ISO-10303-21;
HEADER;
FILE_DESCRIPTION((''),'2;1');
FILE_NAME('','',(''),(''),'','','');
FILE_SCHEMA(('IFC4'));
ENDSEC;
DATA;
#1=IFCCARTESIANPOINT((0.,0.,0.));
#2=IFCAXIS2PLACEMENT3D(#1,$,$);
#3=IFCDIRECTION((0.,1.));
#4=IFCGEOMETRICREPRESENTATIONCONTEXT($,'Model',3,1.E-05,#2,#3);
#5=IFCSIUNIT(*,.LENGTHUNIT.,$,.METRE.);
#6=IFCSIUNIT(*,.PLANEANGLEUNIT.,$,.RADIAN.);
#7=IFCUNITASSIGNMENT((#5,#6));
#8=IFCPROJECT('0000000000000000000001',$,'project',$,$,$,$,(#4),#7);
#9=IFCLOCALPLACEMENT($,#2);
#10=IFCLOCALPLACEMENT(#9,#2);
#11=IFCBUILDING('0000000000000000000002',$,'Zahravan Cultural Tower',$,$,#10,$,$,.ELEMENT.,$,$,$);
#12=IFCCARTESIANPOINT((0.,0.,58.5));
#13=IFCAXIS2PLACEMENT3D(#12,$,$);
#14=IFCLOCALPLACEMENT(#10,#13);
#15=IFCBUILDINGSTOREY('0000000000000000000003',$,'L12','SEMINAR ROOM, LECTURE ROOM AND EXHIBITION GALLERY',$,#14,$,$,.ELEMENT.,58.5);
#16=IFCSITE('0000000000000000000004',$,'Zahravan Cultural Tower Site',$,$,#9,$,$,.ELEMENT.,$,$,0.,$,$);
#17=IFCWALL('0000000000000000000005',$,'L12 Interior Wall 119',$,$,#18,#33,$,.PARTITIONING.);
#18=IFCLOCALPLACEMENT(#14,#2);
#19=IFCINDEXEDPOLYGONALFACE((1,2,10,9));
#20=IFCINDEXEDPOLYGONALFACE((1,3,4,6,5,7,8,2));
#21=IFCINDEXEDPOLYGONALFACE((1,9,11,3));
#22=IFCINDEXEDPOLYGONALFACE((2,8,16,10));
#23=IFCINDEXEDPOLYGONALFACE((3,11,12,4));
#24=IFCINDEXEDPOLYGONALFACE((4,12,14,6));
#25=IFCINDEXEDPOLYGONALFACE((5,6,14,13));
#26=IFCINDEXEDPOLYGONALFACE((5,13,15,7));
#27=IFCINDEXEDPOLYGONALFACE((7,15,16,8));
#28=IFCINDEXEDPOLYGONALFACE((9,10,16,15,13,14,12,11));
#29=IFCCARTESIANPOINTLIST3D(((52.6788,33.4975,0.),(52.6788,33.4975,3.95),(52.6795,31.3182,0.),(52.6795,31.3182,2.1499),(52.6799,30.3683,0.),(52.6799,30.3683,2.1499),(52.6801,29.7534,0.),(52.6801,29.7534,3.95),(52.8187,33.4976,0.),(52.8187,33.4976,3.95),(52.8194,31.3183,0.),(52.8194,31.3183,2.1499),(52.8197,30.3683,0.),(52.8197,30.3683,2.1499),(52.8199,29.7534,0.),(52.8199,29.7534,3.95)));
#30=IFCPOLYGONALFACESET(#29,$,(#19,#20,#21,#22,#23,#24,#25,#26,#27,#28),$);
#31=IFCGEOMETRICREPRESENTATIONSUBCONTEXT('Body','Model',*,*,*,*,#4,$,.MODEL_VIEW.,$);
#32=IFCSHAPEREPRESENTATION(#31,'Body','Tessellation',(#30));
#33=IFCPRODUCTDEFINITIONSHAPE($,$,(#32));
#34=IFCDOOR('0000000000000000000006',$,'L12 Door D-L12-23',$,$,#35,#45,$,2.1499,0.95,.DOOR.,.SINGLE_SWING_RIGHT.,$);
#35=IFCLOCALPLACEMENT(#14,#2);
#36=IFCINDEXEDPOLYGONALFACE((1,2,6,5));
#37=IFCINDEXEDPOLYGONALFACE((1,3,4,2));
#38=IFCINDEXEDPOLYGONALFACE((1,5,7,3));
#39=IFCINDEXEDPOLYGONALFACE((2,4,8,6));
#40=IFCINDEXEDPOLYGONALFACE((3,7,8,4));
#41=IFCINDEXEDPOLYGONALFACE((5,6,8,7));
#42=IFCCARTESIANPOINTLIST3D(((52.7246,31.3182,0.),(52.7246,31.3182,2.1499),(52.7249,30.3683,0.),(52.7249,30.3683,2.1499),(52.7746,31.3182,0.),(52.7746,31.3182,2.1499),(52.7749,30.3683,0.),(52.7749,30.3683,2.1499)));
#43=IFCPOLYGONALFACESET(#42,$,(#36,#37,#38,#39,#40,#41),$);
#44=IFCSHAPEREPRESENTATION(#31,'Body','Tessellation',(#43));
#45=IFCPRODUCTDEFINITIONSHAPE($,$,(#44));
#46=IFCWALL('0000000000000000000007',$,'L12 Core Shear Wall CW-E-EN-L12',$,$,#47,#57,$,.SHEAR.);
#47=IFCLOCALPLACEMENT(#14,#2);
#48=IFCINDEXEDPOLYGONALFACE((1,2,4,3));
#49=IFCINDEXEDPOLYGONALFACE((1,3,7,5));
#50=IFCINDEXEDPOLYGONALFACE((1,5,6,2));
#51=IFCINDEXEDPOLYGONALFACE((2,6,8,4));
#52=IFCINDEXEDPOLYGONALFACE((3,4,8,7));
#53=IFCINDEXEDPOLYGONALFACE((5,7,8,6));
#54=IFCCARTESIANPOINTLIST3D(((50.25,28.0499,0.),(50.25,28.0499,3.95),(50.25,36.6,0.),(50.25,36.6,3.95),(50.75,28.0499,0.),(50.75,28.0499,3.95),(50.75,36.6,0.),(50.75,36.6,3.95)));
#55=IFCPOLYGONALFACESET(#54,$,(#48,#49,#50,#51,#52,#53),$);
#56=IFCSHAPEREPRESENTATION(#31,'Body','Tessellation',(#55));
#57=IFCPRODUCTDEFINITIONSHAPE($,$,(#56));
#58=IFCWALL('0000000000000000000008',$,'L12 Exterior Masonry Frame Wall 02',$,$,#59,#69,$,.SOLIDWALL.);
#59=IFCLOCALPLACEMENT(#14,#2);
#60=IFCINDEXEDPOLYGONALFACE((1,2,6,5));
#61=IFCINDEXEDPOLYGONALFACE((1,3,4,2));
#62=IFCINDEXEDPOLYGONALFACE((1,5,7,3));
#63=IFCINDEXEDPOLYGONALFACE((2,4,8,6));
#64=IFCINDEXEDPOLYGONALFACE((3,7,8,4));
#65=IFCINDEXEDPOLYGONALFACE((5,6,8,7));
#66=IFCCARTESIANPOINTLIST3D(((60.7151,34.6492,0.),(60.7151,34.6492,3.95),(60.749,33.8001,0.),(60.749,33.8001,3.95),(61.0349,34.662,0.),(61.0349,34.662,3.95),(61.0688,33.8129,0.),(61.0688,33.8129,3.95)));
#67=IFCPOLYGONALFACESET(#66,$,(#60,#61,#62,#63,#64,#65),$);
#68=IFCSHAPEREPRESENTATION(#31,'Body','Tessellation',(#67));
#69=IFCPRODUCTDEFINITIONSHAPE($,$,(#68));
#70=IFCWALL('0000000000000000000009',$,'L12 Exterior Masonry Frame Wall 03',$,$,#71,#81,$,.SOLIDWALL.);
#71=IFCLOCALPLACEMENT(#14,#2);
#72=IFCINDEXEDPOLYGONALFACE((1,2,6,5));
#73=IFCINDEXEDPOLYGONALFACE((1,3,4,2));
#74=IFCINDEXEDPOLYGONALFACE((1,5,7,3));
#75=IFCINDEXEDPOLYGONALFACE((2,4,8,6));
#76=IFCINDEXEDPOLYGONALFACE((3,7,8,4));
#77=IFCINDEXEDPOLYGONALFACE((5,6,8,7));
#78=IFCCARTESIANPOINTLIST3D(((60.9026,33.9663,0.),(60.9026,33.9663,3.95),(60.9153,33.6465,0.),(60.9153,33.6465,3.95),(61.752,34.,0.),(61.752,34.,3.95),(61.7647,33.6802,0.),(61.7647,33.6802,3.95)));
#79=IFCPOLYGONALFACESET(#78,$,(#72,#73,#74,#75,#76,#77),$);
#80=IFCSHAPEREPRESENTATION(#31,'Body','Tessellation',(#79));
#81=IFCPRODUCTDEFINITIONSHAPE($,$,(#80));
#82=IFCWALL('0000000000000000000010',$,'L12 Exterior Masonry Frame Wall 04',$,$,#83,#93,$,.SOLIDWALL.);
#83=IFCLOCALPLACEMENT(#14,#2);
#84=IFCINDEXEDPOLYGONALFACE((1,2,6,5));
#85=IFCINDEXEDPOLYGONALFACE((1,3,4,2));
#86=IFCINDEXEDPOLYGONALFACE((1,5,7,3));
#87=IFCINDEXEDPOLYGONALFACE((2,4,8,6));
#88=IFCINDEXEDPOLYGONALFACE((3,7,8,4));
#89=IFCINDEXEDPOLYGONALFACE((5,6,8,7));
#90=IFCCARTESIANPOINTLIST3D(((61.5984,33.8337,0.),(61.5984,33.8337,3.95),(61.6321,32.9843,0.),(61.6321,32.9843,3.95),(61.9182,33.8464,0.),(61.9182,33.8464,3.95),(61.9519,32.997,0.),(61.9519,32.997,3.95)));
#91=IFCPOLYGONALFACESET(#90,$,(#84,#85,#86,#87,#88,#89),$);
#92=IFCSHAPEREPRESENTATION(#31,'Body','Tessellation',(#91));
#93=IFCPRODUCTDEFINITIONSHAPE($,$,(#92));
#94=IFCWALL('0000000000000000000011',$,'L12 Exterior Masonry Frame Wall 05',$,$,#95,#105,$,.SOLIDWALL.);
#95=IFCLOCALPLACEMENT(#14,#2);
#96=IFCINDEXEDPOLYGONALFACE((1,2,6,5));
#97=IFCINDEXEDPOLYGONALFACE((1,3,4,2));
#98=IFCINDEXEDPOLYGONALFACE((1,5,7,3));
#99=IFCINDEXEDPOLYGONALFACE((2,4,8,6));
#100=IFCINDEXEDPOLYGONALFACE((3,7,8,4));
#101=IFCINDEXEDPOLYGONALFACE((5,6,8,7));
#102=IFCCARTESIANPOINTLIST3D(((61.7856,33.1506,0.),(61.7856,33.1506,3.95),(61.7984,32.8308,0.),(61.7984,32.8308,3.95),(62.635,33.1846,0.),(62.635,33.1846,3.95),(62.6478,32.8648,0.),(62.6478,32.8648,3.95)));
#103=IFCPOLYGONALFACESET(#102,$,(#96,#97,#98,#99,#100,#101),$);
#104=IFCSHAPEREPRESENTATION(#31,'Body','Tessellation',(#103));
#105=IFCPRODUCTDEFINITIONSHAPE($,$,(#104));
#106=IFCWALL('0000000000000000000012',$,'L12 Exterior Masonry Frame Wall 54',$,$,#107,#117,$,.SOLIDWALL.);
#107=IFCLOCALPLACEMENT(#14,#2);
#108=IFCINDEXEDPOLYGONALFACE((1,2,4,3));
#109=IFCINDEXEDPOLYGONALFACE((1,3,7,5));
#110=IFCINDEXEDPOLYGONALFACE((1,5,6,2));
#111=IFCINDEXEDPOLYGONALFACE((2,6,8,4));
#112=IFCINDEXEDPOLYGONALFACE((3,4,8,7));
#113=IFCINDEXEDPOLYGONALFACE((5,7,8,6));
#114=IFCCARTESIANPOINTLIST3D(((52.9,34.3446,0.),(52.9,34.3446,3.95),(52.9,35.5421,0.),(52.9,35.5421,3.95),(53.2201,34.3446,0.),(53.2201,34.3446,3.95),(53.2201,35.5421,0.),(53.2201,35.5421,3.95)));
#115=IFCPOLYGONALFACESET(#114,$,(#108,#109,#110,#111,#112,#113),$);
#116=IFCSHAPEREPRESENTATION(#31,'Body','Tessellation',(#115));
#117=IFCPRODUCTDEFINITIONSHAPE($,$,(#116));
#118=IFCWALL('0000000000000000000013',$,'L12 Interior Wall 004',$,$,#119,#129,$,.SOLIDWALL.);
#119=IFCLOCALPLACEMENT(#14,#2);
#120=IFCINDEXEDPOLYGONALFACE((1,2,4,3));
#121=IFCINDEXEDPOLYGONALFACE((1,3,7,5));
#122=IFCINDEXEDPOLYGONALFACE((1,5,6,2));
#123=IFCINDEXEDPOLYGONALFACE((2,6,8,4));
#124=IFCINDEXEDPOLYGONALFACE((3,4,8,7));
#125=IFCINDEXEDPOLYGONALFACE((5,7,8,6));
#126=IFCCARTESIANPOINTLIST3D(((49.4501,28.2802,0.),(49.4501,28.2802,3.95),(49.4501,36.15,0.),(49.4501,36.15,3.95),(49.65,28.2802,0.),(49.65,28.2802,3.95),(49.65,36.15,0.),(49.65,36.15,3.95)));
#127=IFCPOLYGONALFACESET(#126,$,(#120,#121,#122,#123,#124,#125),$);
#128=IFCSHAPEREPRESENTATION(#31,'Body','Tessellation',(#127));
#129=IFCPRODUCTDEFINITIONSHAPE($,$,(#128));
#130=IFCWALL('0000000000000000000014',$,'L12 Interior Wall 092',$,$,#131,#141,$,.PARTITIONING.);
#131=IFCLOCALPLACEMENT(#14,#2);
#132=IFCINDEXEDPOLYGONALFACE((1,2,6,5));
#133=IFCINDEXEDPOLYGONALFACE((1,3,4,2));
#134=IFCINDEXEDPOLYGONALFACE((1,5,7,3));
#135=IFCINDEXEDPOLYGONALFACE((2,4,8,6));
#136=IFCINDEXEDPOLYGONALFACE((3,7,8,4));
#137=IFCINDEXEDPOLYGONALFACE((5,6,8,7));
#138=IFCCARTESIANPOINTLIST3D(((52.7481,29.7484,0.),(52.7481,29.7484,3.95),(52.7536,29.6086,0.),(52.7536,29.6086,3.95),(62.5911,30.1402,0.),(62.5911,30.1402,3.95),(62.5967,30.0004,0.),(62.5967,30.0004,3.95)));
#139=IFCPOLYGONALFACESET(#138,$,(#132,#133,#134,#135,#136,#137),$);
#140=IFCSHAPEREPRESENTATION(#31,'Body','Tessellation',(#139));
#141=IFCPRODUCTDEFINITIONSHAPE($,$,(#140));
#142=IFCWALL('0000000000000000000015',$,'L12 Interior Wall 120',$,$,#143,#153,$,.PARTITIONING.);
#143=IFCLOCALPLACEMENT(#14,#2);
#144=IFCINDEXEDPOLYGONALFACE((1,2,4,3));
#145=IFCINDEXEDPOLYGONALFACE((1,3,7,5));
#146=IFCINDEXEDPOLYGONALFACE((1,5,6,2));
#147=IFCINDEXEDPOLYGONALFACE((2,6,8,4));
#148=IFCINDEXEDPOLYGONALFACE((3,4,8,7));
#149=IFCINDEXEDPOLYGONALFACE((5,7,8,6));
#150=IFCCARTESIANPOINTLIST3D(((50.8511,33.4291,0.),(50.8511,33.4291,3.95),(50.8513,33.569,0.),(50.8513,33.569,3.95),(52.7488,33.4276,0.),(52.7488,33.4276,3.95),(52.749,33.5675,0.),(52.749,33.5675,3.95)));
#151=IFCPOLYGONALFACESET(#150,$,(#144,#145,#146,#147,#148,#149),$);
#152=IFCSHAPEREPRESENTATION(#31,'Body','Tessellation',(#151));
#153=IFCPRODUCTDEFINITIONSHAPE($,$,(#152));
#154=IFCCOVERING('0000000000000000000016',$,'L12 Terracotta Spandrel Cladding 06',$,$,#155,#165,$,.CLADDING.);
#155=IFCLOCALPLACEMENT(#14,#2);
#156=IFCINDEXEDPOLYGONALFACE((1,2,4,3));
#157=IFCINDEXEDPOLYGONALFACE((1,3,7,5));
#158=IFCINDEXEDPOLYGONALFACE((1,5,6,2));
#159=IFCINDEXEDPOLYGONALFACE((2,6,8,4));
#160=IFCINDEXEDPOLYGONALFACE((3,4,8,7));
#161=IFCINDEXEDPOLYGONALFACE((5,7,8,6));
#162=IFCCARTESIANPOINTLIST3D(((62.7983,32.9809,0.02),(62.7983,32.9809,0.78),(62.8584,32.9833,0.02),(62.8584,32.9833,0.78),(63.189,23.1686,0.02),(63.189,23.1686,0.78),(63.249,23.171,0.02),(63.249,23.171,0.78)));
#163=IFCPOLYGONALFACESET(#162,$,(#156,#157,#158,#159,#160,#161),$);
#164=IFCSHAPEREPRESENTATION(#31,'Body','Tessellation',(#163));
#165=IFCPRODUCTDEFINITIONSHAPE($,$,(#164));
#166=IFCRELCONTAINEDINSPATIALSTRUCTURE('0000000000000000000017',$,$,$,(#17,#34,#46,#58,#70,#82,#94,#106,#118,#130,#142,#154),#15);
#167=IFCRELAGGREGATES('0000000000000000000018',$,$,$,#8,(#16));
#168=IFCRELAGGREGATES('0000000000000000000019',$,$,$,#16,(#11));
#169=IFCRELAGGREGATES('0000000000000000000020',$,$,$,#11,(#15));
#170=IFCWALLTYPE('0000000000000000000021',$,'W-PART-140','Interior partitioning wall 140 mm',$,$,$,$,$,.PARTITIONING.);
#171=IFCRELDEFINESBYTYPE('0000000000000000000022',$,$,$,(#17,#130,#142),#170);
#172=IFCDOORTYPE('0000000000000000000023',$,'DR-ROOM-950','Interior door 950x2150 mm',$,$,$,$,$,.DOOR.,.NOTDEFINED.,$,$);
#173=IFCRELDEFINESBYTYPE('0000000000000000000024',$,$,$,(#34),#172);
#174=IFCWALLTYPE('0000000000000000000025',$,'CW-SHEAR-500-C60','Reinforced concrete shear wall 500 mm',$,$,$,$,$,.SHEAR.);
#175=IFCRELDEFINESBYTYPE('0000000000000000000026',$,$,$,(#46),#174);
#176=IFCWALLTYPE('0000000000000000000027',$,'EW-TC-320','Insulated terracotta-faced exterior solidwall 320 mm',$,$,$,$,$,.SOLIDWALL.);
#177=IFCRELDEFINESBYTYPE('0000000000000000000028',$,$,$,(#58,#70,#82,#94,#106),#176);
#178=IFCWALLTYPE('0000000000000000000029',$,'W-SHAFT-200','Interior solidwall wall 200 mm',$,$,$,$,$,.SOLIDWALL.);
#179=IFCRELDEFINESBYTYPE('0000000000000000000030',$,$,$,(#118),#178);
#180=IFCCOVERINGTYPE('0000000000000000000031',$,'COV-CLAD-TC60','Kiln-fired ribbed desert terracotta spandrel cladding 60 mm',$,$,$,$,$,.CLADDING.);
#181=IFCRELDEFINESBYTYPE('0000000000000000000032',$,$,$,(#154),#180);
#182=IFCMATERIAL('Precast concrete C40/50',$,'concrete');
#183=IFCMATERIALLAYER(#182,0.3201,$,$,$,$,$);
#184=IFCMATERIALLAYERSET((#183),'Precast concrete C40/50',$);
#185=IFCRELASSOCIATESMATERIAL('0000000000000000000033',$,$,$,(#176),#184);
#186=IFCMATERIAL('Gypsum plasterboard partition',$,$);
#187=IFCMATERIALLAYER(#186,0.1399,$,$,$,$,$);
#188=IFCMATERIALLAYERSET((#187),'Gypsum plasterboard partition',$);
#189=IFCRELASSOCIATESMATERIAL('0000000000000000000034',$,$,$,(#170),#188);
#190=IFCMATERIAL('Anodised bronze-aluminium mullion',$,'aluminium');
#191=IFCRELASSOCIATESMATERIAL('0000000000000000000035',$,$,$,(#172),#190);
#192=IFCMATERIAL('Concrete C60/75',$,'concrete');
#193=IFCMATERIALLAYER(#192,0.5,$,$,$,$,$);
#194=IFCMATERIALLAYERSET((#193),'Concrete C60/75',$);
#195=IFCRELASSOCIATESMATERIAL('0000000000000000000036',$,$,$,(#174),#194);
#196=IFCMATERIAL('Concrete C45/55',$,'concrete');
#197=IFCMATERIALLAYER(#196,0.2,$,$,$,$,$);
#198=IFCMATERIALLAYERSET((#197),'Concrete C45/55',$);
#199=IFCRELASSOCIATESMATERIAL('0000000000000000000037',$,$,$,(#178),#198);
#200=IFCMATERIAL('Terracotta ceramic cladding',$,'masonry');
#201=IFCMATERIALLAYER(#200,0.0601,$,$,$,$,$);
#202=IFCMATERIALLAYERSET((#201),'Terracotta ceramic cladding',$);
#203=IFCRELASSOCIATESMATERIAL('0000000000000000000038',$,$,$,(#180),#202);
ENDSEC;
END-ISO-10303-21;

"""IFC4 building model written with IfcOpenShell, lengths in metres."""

from ifc_helpers import new_model, si_unit, direction, frame, frame_2d, origin, origin_2d, place, context, subcontext, project, spatial, rectangle, extrude, source, transform, mapped, material, layer, layer_set, type_object, element, fill, save


model = new_model("IFC4")

# Units and contexts
model_context = context("Model", 3, precision=1e-05, world=origin(), true_north=direction((0.0, 1.0)))
body_context = subcontext(model_context, "Body", "Model", "MODEL_VIEW")
ifc_project = project(units=[si_unit("LENGTHUNIT", "METRE"), si_unit("PLANEANGLEUNIT", "RADIAN")], contexts=[model_context])

# Site, building, storey
site_placement = place(None, origin())
site = spatial("IfcSite", under=ifc_project, at=site_placement, Name="Zahravan Cultural Tower Site", CompositionType="ELEMENT", RefElevation=0.0)
building_placement = place(site_placement, origin())
building = spatial("IfcBuilding", under=site, at=building_placement, Name="Zahravan Cultural Tower", CompositionType="ELEMENT")
storey_placement = place(building_placement, frame((0.0, 0.0, 58.5)))
storey = spatial("IfcBuildingStorey", under=building, at=storey_placement, Name="L12", Description="SEMINAR ROOM, LECTURE ROOM AND EXHIBITION GALLERY", CompositionType="ELEMENT", Elevation=58.5)

# Shared definitions
ifc_material_1 = material(Name="Concrete C60/75", Category="concrete")

# Shared definitions
ifc_material_2 = material(Name="Precast concrete C40/50", Category="concrete")
ifc_layer_1 = layer(ifc_material_2, 0.3201)
ifc_layer_set_1 = layer_set([ifc_layer_1], Name="Precast concrete C40/50")
wall_type_1 = type_object("IfcWallType", Name="EW-TC-320", Description="Insulated terracotta-faced exterior solidwall 320 mm", PredefinedType="SOLIDWALL", material=ifc_layer_set_1)

# Wall, opening, door
ifc_material_3 = material(Name="Gypsum plasterboard partition")
ifc_layer_2 = layer(ifc_material_3, 0.1399)
ifc_layer_set_2 = layer_set([ifc_layer_2], Name="Gypsum plasterboard partition")
wall_type_2 = type_object("IfcWallType", Name="W-PART-140", Description="Interior partitioning wall 140 mm", PredefinedType="PARTITIONING", material=ifc_layer_set_2)
wall_1_placement = place(storey_placement, frame((52.75, 29.7534, 0.0), z_axis=(0.0, 0.0, 1.0), x_axis=(-0.000326, 1.0, 0.0)))
wall_1 = element("IfcWall", 1, at=wall_1_placement, inside=storey, type_object=wall_type_2, Name="L12 Interior Wall 119", PredefinedType="PARTITIONING", context=body_context, shape_type="SweptSolid", body=[
    extrude(rectangle(XDim=3.7441, YDim=0.1399, at=frame_2d((1.8721, 0.0))), origin(), (0.0, 0.0, 1.0), 3.95),
])
opening_1_placement = place(wall_1_placement, frame((0.6147, 0.0, 0.0)))
opening_1 = element("IfcOpeningElement", 2, at=opening_1_placement, cuts=wall_1, PredefinedType="OPENING", context=body_context, shape_type="SweptSolid", body=[
    extrude(rectangle(XDim=0.95, YDim=2.1499, at=frame_2d((0.4751, 1.075))), frame((0.0, 0.0798, 0.0), z_axis=(0.0, -1.0, 0.0), x_axis=(1.0, 0.0, 0.0)), (0.0, 0.0, 1.0), 0.1599),
])
ifc_material_4 = material(Name="Anodised bronze-aluminium mullion", Category="aluminium")
door_type = type_object("IfcDoorType", Name="DR-ROOM-950", Description="Interior door 950x2150 mm", OperationType="NOTDEFINED", PredefinedType="DOOR", material=ifc_material_4)
shared_shape_1 = source(origin(), body_context, "Body", "SweptSolid", [
    extrude(rectangle(XDim=0.95, YDim=2.1499, at=frame_2d((0.4751, 1.075))), frame((0.0, 0.0249, 0.0), z_axis=(0.0, -1.0, 0.0), x_axis=(1.0, 0.0, 0.0)), (0.0, 0.0, 1.0), 0.05),
])
door_placement = place(opening_1_placement, origin())
door = element("IfcDoor", 3, at=door_placement, inside=storey, type_object=door_type, Name="L12 Door D-L12-23", OperationType="SINGLE_SWING_RIGHT", OverallHeight=2.1499, OverallWidth=0.95, PredefinedType="DOOR", context=body_context, shape_type="MappedRepresentation", body=[
    mapped(shared_shape_1, transform((0.0, 0.0, 0.0), x_axis=(1.0, 0.0, 0.0), y_axis=(0.0, 1.0, 0.0), z_axis=(0.0, 0.0, 1.0), scale=1.0)),
])
fill(opening_1, door)

# Walls
ifc_layer_3 = layer(ifc_material_1, 0.5)
ifc_layer_set_3 = layer_set([ifc_layer_3], Name="Concrete C60/75")
wall_type_3 = type_object("IfcWallType", Name="CW-SHEAR-500-C60", Description="Reinforced concrete shear wall 500 mm", PredefinedType="SHEAR", material=ifc_layer_set_3)
shared_shape_2 = source(origin(), body_context, "Body", "SweptSolid", [
    extrude(rectangle(XDim=8.55, YDim=0.5, at=frame_2d((4.2749, 0.0))), origin(), (0.0, 0.0, 1.0), 3.95),
])
wall_2_placement = place(storey_placement, frame((50.5, 28.05, 0.0), z_axis=(0.0, 0.0, 1.0), x_axis=(0.0, 1.0, 0.0)))
element("IfcWall", 4, at=wall_2_placement, inside=storey, type_object=wall_type_3, Name="L12 Core Shear Wall CW-E-EN-L12", PredefinedType="SHEAR", context=body_context, shape_type="MappedRepresentation", body=[
    mapped(shared_shape_2, transform((0.0, 0.0, 0.0), x_axis=(1.0, 0.0, 0.0), y_axis=(0.0, 1.0, 0.0), z_axis=(0.0, 0.0, 1.0), scale=1.0)),
])
shared_shape_3 = source(origin(), body_context, "Body", "SweptSolid", [
    extrude(rectangle(XDim=0.8499, YDim=0.3201, at=frame_2d((0.4248, 0.0))), origin(), (0.0, 0.0, 1.0), 3.95),
])
wall_3_placement = place(storey_placement, frame((60.875, 34.6555, 0.0), z_axis=(0.0, 0.0, 1.0), x_axis=(0.039934, -0.999202, 0.0)))
element("IfcWall", 5, at=wall_3_placement, inside=storey, type_object=wall_type_1, Name="L12 Exterior Masonry Frame Wall 02", PredefinedType="SOLIDWALL", context=body_context, shape_type="MappedRepresentation", body=[
    mapped(shared_shape_3, transform((0.0, 0.0, 0.0), x_axis=(1.0, 0.0, 0.0), y_axis=(0.0, 1.0, 0.0), z_axis=(0.0, 0.0, 1.0), scale=1.0)),
])
shared_shape_4 = source(origin(), body_context, "Body", "SweptSolid", [
    extrude(rectangle(XDim=0.8501, YDim=0.3201, at=frame_2d((0.425, 0.0))), origin(), (0.0, 0.0, 1.0), 3.95),
])
for number, where, z_axis, x_axis, name in (
    (6, (60.9089, 33.8064, 0.0), (0.0, 0.0, 1.0), (0.999214, 0.039635, 0.0), "L12 Exterior Masonry Frame Wall 03"),
    (7, (61.7583, 33.8401, 0.0), (0.0, 0.0, 1.0), (0.039635, -0.999214, 0.0), "L12 Exterior Masonry Frame Wall 04"),
    (8, (61.792, 32.9907, 0.0), (0.0, 0.0, 1.0), (0.999203, 0.039922, 0.0), "L12 Exterior Masonry Frame Wall 05"),
):
    element("IfcWall", number, at=place(storey_placement, frame(where, z_axis=z_axis, x_axis=x_axis)), inside=storey, type_object=wall_type_1, Name=name, PredefinedType="SOLIDWALL", context=body_context, shape_type="MappedRepresentation", body=[
        mapped(shared_shape_4, transform((0.0, 0.0, 0.0), x_axis=(1.0, 0.0, 0.0), y_axis=(0.0, 1.0, 0.0), z_axis=(0.0, 0.0, 1.0), scale=1.0)),
    ])
shared_shape_5 = source(origin(), body_context, "Body", "SweptSolid", [
    extrude(rectangle(XDim=1.1975, YDim=0.3201, at=frame_2d((0.5986, 0.0))), origin(), (0.0, 0.0, 1.0), 3.95),
])
wall_4_placement = place(storey_placement, frame((53.0601, 35.542, 0.0), z_axis=(0.0, 0.0, 1.0), x_axis=(0.0, -1.0, 0.0)))
element("IfcWall", 9, at=wall_4_placement, inside=storey, type_object=wall_type_1, Name="L12 Exterior Masonry Frame Wall 54", PredefinedType="SOLIDWALL", context=body_context, shape_type="MappedRepresentation", body=[
    mapped(shared_shape_5, transform((0.0, 0.0, 0.0), x_axis=(1.0, 0.0, 0.0), y_axis=(0.0, 1.0, 0.0), z_axis=(0.0, 0.0, 1.0), scale=1.0)),
])
ifc_material_5 = material(Name="Concrete C45/55", Category="concrete")
ifc_layer_4 = layer(ifc_material_5, 0.2)
ifc_layer_set_4 = layer_set([ifc_layer_4], Name="Concrete C45/55")
wall_type_4 = type_object("IfcWallType", Name="W-SHAFT-200", Description="Interior solidwall wall 200 mm", PredefinedType="SOLIDWALL", material=ifc_layer_set_4)
shared_shape_6 = source(origin(), body_context, "Body", "SweptSolid", [
    extrude(rectangle(XDim=7.8699, YDim=0.2, at=frame_2d((3.9351, 0.0))), origin(), (0.0, 0.0, 1.0), 3.95),
])
wall_5_placement = place(storey_placement, frame((49.55, 28.28, 0.0), z_axis=(0.0, 0.0, 1.0), x_axis=(0.0, 1.0, 0.0)))
element("IfcWall", 10, at=wall_5_placement, inside=storey, type_object=wall_type_4, Name="L12 Interior Wall 004", PredefinedType="SOLIDWALL", context=body_context, shape_type="MappedRepresentation", body=[
    mapped(shared_shape_6, transform((0.0, 0.0, 0.0), x_axis=(1.0, 0.0, 0.0), y_axis=(0.0, 1.0, 0.0), z_axis=(0.0, 0.0, 1.0), scale=1.0)),
])
shared_shape_7 = source(origin(), body_context, "Body", "SweptSolid", [
    extrude(rectangle(XDim=9.8508, YDim=0.1399, at=frame_2d((4.9253, 0.0))), origin(), (0.0, 0.0, 1.0), 3.95),
])
wall_6_placement = place(storey_placement, frame((52.751, 29.6785, 0.0), z_axis=(0.0, 0.0, 1.0), x_axis=(0.999209, 0.039778, 0.0)))
element("IfcWall", 11, at=wall_6_placement, inside=storey, type_object=wall_type_2, Name="L12 Interior Wall 092", PredefinedType="PARTITIONING", context=body_context, shape_type="MappedRepresentation", body=[
    mapped(shared_shape_7, transform((0.0, 0.0, 0.0), x_axis=(1.0, 0.0, 0.0), y_axis=(0.0, 1.0, 0.0), z_axis=(0.0, 0.0, 1.0), scale=1.0)),
])
shared_shape_8 = source(origin(), body_context, "Body", "SweptSolid", [
    extrude(rectangle(XDim=1.8977, YDim=0.1399, at=frame_2d((0.9487, 0.0))), origin(), (0.0, 0.0, 1.0), 3.95),
])
wall_7_placement = place(storey_placement, frame((52.7488, 33.4976, 0.0), z_axis=(0.0, 0.0, 1.0), x_axis=(-1.0, 0.000772, 0.0)))
element("IfcWall", 12, at=wall_7_placement, inside=storey, type_object=wall_type_2, Name="L12 Interior Wall 120", PredefinedType="PARTITIONING", context=body_context, shape_type="MappedRepresentation", body=[
    mapped(shared_shape_8, transform((0.0, 0.0, 0.0), x_axis=(1.0, 0.0, 0.0), y_axis=(0.0, 1.0, 0.0), z_axis=(0.0, 0.0, 1.0), scale=1.0)),
])

# Covering
ifc_material_6 = material(Name="Terracotta ceramic cladding", Category="masonry")
ifc_layer_5 = layer(ifc_material_6, 0.0601)
ifc_layer_set_5 = layer_set([ifc_layer_5], Name="Terracotta ceramic cladding")
covering_type = type_object("IfcCoveringType", Name="COV-CLAD-TC60", Description="Kiln-fired ribbed desert terracotta spandrel cladding 60 mm", PredefinedType="CLADDING", material=ifc_layer_set_5)
shared_shape_9 = source(origin(), body_context, "Body", "SweptSolid", [
    extrude(rectangle(XDim=9.8201, YDim=0.0601, at=origin_2d()), origin(), (0.0, 0.0, 1.0), 0.76),
])
covering_1_placement = place(storey_placement, frame((63.0237, 28.0759, 0.02), z_axis=(0.0, 0.0, 1.0), x_axis=(0.039783, -0.999208, 0.0)))
element("IfcCovering", 13, at=covering_1_placement, inside=storey, type_object=covering_type, Name="L12 Terracotta Spandrel Cladding 06", PredefinedType="CLADDING", context=body_context, shape_type="MappedRepresentation", body=[
    mapped(shared_shape_9, transform((0.0, 0.0, 0.0), x_axis=(1.0, 0.0, 0.0), y_axis=(0.0, 1.0, 0.0), z_axis=(0.0, 0.0, 1.0), scale=1.0)),
])

save(model, "model.ifc")
